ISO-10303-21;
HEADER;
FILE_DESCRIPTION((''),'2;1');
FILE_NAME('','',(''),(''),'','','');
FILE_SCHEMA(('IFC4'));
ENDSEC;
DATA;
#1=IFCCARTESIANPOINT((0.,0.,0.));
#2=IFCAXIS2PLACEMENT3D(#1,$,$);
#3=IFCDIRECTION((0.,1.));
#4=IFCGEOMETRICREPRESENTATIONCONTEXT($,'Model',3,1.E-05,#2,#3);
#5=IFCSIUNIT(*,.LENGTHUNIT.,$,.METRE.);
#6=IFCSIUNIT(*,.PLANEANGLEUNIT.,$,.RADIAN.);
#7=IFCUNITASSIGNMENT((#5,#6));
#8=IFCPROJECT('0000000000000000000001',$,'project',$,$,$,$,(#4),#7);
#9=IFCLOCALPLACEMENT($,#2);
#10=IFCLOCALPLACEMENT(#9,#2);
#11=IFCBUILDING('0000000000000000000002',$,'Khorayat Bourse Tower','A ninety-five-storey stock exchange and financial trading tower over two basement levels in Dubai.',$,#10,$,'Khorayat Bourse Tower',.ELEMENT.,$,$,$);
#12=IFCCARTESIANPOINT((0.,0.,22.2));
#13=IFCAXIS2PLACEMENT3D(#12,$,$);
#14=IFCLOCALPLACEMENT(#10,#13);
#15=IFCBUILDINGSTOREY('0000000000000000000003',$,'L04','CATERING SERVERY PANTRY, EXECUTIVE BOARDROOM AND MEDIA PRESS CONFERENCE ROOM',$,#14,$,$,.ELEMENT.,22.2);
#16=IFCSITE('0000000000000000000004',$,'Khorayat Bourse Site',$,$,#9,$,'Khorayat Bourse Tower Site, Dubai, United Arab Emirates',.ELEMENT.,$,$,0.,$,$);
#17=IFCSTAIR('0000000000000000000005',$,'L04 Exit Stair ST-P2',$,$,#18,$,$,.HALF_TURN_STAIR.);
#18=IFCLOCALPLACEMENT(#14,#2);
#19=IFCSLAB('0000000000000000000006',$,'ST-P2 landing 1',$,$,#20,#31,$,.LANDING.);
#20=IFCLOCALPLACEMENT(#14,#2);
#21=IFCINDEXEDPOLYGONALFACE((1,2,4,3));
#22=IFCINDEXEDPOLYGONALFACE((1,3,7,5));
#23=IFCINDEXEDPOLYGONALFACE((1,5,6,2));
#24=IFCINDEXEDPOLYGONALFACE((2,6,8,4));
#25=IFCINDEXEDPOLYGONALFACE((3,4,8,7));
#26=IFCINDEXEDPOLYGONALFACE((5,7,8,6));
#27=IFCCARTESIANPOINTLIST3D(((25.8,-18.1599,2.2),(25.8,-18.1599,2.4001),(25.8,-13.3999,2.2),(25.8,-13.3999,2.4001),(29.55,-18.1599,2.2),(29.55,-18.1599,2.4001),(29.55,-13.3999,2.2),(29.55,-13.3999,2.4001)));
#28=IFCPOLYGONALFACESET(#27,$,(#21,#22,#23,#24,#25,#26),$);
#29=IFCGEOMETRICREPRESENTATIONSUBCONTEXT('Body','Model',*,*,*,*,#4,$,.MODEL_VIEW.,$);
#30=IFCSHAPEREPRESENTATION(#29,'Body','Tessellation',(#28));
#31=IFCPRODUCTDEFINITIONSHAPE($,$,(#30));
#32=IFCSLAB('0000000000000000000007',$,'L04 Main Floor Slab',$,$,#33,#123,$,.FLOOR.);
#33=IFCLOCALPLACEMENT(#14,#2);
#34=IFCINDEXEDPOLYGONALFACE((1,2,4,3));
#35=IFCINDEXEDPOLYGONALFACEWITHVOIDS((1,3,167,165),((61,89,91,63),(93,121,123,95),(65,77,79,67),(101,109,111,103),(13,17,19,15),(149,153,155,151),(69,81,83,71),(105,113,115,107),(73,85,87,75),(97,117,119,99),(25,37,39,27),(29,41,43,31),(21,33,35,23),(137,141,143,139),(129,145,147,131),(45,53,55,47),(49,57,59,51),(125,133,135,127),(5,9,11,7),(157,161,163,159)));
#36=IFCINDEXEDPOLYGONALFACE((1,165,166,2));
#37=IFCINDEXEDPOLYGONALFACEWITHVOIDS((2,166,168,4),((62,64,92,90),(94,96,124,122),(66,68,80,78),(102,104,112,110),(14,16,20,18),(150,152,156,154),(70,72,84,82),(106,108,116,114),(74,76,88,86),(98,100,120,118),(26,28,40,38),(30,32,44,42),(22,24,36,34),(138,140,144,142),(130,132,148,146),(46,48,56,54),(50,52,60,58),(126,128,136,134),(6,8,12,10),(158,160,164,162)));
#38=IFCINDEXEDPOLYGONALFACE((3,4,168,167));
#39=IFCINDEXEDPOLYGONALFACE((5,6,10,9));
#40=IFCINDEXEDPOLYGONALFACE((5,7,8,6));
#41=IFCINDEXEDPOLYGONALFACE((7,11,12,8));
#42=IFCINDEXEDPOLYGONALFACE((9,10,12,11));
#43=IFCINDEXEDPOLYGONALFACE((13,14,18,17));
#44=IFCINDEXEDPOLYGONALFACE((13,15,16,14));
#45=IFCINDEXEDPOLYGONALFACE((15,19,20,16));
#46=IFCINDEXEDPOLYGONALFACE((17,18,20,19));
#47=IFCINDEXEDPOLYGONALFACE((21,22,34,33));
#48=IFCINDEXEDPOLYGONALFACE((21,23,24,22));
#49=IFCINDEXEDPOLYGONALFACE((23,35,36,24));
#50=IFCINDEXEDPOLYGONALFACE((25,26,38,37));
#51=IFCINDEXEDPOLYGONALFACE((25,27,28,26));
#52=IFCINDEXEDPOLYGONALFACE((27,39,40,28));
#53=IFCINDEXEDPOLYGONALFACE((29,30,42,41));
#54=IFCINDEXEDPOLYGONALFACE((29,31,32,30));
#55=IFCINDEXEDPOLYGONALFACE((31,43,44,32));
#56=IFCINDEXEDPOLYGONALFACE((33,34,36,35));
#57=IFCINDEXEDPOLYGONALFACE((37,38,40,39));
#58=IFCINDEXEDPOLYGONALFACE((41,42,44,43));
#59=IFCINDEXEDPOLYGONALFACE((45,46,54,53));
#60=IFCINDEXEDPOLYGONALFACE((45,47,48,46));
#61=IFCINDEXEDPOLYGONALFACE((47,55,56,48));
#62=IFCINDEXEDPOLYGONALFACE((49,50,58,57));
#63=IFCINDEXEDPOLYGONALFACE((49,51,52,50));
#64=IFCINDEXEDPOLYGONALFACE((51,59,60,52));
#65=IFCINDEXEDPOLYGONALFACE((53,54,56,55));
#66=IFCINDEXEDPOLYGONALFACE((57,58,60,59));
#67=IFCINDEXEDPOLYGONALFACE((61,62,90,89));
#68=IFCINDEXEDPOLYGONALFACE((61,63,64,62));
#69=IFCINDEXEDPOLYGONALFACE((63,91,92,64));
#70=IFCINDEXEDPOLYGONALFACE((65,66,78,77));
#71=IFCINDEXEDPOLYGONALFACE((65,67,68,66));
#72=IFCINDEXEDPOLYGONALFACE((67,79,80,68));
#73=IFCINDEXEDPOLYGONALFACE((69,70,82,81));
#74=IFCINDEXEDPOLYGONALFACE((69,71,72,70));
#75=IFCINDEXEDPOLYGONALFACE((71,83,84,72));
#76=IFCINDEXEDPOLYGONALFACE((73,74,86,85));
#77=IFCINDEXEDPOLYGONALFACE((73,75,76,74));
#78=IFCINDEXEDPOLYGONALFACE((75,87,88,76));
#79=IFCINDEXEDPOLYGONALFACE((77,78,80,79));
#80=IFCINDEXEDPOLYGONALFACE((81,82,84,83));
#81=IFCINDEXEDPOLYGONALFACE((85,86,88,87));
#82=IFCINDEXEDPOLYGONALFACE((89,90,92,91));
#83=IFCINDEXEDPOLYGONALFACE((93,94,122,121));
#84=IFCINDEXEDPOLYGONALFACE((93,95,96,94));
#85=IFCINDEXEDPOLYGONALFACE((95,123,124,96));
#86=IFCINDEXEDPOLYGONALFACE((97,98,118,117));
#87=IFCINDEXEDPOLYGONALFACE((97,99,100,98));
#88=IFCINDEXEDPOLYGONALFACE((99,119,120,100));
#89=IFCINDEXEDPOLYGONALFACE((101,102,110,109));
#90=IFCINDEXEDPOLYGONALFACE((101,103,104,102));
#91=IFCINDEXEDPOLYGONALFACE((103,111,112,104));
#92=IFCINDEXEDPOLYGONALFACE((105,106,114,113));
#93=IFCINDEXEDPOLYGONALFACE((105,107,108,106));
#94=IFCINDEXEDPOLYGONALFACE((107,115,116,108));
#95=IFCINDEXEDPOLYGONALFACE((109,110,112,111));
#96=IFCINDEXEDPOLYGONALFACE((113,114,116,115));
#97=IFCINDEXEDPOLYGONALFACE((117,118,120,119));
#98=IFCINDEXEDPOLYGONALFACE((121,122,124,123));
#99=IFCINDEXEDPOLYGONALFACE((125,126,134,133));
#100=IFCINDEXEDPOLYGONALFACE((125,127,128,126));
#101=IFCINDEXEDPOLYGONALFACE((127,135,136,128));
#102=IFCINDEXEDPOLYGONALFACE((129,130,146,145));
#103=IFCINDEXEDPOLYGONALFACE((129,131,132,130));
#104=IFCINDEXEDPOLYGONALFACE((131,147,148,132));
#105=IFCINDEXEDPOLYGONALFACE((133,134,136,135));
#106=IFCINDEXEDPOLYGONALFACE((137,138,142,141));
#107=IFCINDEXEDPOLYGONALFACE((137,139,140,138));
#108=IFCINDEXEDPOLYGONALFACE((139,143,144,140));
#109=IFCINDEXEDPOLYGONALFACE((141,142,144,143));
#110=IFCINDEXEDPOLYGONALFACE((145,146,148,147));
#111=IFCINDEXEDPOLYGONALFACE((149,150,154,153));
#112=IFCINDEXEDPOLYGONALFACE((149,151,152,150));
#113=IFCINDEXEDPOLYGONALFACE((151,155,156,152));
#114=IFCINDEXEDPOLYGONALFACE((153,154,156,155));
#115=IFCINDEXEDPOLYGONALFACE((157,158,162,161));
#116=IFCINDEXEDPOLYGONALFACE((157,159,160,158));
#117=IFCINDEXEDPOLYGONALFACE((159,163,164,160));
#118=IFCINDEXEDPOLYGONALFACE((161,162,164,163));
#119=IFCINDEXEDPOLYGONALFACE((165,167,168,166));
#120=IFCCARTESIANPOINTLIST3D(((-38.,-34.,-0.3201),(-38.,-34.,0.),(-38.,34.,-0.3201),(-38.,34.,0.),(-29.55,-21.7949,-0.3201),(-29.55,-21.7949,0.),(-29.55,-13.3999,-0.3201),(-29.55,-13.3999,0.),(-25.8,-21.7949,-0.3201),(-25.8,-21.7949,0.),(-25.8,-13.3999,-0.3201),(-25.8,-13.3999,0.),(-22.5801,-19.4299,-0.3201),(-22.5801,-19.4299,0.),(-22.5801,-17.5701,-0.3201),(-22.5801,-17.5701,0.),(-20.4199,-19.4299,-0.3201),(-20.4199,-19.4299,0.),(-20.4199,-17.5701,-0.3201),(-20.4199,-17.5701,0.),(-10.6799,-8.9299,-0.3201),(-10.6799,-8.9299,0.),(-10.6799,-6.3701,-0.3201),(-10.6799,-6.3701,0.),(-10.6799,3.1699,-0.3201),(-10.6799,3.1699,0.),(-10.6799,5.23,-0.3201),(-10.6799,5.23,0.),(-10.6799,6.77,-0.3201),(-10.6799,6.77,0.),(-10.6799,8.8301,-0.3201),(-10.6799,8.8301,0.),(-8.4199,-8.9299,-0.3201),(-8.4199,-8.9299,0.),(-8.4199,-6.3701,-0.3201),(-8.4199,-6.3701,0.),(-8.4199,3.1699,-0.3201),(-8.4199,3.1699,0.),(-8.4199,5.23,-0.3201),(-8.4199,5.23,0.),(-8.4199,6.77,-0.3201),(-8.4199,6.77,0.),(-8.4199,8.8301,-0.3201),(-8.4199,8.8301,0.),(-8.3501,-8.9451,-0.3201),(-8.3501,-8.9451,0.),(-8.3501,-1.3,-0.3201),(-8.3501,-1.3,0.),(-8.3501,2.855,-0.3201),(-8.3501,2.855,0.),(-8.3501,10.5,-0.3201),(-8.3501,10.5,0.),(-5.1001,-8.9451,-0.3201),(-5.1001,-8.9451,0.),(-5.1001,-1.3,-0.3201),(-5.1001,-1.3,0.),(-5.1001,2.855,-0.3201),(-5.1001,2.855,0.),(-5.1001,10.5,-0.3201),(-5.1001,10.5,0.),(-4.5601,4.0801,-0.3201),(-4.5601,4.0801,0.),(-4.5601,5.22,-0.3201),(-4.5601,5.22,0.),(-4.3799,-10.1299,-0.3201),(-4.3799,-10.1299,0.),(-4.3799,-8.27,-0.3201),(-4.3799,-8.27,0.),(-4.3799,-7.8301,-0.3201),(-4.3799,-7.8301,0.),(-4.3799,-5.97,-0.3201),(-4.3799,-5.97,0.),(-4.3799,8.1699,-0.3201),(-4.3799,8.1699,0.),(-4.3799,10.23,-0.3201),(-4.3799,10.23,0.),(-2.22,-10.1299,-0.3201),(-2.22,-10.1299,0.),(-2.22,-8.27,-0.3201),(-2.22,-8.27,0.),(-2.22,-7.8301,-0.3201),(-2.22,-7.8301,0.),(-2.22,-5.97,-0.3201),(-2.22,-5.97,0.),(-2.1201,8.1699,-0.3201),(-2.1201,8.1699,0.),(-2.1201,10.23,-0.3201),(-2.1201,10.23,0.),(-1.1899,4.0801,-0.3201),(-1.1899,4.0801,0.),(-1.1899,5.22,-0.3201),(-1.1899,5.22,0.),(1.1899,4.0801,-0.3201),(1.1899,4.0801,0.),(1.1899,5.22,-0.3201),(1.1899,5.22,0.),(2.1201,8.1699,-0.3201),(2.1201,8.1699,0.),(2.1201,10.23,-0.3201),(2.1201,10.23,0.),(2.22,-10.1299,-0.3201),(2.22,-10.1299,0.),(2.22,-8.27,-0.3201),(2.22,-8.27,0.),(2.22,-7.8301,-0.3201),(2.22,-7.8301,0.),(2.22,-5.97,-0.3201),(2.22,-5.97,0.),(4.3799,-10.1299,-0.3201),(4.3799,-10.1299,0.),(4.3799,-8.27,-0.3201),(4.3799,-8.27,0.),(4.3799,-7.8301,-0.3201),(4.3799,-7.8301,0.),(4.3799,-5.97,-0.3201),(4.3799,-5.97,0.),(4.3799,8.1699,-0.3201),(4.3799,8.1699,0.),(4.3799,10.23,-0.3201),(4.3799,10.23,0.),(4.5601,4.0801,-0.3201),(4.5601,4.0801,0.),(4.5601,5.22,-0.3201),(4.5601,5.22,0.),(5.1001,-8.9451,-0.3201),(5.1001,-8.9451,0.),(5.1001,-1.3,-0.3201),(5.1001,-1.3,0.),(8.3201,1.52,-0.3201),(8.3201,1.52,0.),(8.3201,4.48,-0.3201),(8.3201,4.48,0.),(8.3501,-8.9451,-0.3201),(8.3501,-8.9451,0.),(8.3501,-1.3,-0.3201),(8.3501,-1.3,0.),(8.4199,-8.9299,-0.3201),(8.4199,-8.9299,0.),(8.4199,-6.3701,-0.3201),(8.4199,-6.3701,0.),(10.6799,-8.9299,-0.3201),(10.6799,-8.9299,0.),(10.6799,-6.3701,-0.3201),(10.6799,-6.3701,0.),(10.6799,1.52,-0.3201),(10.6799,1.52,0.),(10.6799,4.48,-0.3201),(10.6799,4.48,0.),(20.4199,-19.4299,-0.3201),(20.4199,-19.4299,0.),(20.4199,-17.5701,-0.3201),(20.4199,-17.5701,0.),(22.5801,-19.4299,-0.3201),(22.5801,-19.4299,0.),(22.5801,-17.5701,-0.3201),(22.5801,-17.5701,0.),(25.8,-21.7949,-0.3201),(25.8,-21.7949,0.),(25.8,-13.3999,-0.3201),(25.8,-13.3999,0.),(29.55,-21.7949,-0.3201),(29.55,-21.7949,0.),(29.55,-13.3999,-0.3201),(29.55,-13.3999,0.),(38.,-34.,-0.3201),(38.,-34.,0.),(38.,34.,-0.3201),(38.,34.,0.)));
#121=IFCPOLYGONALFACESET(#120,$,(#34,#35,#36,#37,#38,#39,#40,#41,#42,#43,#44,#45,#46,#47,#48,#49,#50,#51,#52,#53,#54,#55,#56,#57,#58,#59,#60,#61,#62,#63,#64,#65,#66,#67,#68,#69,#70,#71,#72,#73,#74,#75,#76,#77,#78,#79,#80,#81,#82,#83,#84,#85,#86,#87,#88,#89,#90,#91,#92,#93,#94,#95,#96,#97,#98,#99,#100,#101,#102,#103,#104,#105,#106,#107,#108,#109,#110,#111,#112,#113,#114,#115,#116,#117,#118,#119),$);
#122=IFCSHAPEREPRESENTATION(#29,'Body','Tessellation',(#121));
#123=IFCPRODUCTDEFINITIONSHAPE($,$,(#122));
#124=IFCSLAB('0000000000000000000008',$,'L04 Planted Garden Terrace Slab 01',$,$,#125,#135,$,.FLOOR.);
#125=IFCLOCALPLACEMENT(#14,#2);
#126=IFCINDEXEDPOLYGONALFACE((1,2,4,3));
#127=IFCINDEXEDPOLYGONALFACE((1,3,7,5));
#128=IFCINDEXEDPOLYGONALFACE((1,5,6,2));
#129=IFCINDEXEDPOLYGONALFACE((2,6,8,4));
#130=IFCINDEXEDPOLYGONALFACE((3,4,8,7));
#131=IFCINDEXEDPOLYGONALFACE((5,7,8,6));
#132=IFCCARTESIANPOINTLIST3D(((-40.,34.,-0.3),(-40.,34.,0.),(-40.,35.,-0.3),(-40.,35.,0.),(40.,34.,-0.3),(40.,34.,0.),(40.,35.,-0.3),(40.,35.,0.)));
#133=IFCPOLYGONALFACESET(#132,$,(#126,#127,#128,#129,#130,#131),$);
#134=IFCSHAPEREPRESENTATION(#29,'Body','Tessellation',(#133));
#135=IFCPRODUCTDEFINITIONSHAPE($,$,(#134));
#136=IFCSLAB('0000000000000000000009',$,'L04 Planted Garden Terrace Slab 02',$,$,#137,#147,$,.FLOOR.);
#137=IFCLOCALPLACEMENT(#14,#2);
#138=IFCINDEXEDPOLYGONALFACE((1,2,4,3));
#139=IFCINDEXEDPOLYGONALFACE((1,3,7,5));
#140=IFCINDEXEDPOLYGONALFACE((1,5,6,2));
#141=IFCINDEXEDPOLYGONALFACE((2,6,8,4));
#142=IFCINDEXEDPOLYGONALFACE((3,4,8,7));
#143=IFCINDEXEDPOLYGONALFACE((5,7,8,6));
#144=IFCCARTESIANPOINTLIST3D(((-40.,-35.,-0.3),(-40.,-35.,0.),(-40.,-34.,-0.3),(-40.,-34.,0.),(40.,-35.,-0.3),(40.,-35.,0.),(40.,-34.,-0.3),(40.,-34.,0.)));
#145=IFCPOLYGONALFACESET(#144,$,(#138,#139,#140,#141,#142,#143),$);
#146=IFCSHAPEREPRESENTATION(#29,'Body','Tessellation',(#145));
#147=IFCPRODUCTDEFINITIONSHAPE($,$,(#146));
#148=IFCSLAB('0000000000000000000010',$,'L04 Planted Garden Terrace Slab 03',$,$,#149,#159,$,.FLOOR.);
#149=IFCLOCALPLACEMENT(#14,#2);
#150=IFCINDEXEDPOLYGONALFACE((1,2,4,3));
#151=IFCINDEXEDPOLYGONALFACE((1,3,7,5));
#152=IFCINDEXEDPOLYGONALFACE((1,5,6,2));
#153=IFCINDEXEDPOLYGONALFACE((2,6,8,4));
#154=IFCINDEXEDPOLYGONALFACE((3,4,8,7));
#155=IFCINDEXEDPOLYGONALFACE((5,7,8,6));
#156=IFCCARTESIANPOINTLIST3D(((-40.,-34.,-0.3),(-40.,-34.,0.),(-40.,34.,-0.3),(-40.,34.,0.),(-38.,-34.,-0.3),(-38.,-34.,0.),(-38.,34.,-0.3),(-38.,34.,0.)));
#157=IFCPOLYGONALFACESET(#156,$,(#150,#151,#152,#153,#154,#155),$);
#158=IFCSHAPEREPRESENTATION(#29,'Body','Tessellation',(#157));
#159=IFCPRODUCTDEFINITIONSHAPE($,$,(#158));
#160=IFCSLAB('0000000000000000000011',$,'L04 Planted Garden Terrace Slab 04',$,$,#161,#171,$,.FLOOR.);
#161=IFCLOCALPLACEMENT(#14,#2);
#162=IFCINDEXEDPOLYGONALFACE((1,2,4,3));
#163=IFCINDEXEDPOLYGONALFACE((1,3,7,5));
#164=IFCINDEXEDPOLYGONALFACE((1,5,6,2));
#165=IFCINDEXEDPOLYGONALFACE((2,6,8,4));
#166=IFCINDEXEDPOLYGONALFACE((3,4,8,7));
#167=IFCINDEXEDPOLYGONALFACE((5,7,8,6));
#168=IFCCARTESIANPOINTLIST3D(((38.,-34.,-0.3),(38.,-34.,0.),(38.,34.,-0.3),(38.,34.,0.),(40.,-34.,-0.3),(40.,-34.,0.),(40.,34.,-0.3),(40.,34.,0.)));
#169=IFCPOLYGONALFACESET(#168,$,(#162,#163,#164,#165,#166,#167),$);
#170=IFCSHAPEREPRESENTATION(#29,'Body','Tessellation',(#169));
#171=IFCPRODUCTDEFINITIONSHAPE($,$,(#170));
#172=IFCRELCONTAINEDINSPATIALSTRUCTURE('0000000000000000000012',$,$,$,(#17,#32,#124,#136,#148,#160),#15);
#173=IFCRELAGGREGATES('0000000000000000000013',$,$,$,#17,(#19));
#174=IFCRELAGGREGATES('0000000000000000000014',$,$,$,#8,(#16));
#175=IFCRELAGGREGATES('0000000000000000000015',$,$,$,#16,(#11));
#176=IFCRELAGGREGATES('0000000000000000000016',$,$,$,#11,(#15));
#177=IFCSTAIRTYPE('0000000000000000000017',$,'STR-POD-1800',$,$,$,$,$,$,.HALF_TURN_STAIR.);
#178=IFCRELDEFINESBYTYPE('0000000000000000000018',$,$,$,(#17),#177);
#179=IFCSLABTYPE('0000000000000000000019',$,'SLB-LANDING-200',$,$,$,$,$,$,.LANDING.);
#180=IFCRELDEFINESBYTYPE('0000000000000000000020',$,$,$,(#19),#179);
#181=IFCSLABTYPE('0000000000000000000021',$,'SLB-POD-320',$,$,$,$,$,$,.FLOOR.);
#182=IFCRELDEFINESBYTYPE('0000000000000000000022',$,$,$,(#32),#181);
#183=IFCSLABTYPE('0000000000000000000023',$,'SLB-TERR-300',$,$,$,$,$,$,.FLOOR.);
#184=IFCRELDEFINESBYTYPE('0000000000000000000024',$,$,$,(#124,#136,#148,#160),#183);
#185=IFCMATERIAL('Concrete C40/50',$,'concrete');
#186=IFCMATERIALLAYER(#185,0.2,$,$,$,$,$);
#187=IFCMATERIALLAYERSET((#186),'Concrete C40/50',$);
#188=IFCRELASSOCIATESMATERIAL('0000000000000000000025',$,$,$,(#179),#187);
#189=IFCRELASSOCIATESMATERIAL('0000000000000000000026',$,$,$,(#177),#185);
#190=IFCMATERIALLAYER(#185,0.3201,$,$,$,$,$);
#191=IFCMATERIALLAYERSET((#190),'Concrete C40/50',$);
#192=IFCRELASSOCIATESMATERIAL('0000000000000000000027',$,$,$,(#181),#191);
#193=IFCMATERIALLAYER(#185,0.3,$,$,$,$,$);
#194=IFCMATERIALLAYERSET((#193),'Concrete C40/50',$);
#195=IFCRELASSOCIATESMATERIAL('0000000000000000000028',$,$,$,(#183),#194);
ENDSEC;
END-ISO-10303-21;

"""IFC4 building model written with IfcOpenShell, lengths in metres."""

from ifc_helpers import new_model, si_unit, direction, frame, origin, place, context, subcontext, project, spatial, polyline, outline, extrude, material, layer, layer_set, type_object, element, aggregate, save


model = new_model("IFC4")

# Units and contexts
model_context = context("Model", 3, precision=1e-05, world=origin(), true_north=direction((0.0, 1.0)))
body_context = subcontext(model_context, "Body", "Model", "MODEL_VIEW")
ifc_project = project(units=[si_unit("LENGTHUNIT", "METRE"), si_unit("PLANEANGLEUNIT", "RADIAN")], contexts=[model_context])

# Site, building, storey
site_placement = place(None, origin())
site = spatial("IfcSite", under=ifc_project, at=site_placement, Name="Khorayat Bourse Site", LongName="Khorayat Bourse Tower Site, Dubai, United Arab Emirates", CompositionType="ELEMENT", RefElevation=0.0)
building_placement = place(site_placement, origin())
building = spatial("IfcBuilding", under=site, at=building_placement, Name="Khorayat Bourse Tower", Description="A ninety-five-storey stock exchange and financial trading tower over two basement levels in Dubai.", LongName="Khorayat Bourse Tower", CompositionType="ELEMENT")
storey_placement = place(building_placement, frame((0.0, 0.0, 22.2)))
storey = spatial("IfcBuildingStorey", under=building, at=storey_placement, Name="L04", Description="CATERING SERVERY PANTRY, EXECUTIVE BOARDROOM AND MEDIA PRESS CONFERENCE ROOM", CompositionType="ELEMENT", Elevation=22.2)

# Stair, slab
ifc_material_1 = material(Name="Concrete C40/50", Category="concrete")
ifc_layer_1 = layer(ifc_material_1, 0.2)
ifc_layer_set_1 = layer_set([ifc_layer_1], Name="Concrete C40/50")
slab_type_1 = type_object("IfcSlabType", Name="SLB-LANDING-200", PredefinedType="LANDING", material=ifc_layer_set_1)
stair_type_1 = type_object("IfcStairType", Name="STR-POD-1800", PredefinedType="HALF_TURN_STAIR", material=ifc_material_1)
stair_1_placement = place(storey_placement, origin())
stair_1 = element("IfcStair", 1, at=stair_1_placement, inside=storey, type_object=stair_type_1, Name="L04 Exit Stair ST-P2", PredefinedType="HALF_TURN_STAIR")
slab_1_placement = place(storey_placement, frame((0.0, 0.0, 2.2)))
slab_1 = element("IfcSlab", 2, at=slab_1_placement, type_object=slab_type_1, Name="ST-P2 landing 1", PredefinedType="LANDING", context=body_context, shape_type="SweptSolid", body=[
    extrude(outline(polyline([(29.55, -18.1599), (29.55, -13.3999), (25.8, -13.3999), (25.8, -18.1599), (29.55, -18.1599)])), origin(), (0.0, 0.0, 1.0), 0.2002),
])
aggregate(stair_1, [slab_1])

# Slabs
ifc_layer_2 = layer(ifc_material_1, 0.3201)
ifc_layer_set_2 = layer_set([ifc_layer_2], Name="Concrete C40/50")
slab_type_2 = type_object("IfcSlabType", Name="SLB-POD-320", PredefinedType="FLOOR", material=ifc_layer_set_2)
slab_2_placement = place(storey_placement, frame((0.0, 0.0, -0.3201)))
element("IfcSlab", 3, at=slab_2_placement, inside=storey, type_object=slab_type_2, Name="L04 Main Floor Slab", PredefinedType="FLOOR", context=body_context, shape_type="SweptSolid", body=[
    extrude(outline(polyline([(-38.0, -34.0), (38.0, -34.0), (38.0, 34.0), (-38.0, 34.0), (-38.0, -34.0)]), holes=[polyline([(-8.3501, -8.9451), (-5.1001, -8.9451), (-5.1001, -1.3), (-8.3501, -1.3), (-8.3501, -8.9451)]), polyline([(-8.3501, 2.855), (-5.1001, 2.855), (-5.1001, 10.5), (-8.3501, 10.5), (-8.3501, 2.855)]), polyline([(5.1001, -8.9451), (8.3501, -8.9451), (8.3501, -1.3), (5.1001, -1.3), (5.1001, -8.9451)]), polyline([(-29.55, -21.7949), (-25.8, -21.7949), (-25.8, -13.3999), (-29.55, -13.3999), (-29.55, -21.7949)]), polyline([(25.8, -21.7949), (29.55, -21.7949), (29.55, -13.3999), (25.8, -13.3999), (25.8, -21.7949)]), polyline([(-4.3799, -10.1299), (-2.22, -10.1299), (-2.22, -8.27), (-4.3799, -8.27), (-4.3799, -10.1299)]), polyline([(2.22, -10.1299), (4.3799, -10.1299), (4.3799, -8.27), (2.22, -8.27), (2.22, -10.1299)]), polyline([(-4.3799, -7.8301), (-2.22, -7.8301), (-2.22, -5.97), (-4.3799, -5.97), (-4.3799, -7.8301)]), polyline([(2.22, -7.8301), (4.3799, -7.8301), (4.3799, -5.97), (2.22, -5.97), (2.22, -7.8301)]), polyline([(-4.3799, 8.1699), (-2.1201, 8.1699), (-2.1201, 10.23), (-4.3799, 10.23), (-4.3799, 8.1699)]), polyline([(2.1201, 8.1699), (4.3799, 8.1699), (4.3799, 10.23), (2.1201, 10.23), (2.1201, 8.1699)]), polyline([(-10.6799, 3.1699), (-8.4199, 3.1699), (-8.4199, 5.23), (-10.6799, 5.23), (-10.6799, 3.1699)]), polyline([(-10.6799, 6.77), (-8.4199, 6.77), (-8.4199, 8.8301), (-10.6799, 8.8301), (-10.6799, 6.77)]), polyline([(-22.5801, -19.4299), (-20.4199, -19.4299), (-20.4199, -17.5701), (-22.5801, -17.5701), (-22.5801, -19.4299)]), polyline([(20.4199, -19.4299), (22.5801, -19.4299), (22.5801, -17.5701), (20.4199, -17.5701), (20.4199, -19.4299)]), polyline([(-10.6799, -8.9299), (-8.4199, -8.9299), (-8.4199, -6.3701), (-10.6799, -6.3701), (-10.6799, -8.9299)]), polyline([(8.4199, -8.9299), (10.6799, -8.9299), (10.6799, -6.3701), (8.4199, -6.3701), (8.4199, -8.9299)]), polyline([(8.3201, 1.52), (10.6799, 1.52), (10.6799, 4.48), (8.3201, 4.48), (8.3201, 1.52)]), polyline([(-4.5601, 4.0801), (-1.1899, 4.0801), (-1.1899, 5.22), (-4.5601, 5.22), (-4.5601, 4.0801)]), polyline([(1.1899, 4.0801), (4.5601, 4.0801), (4.5601, 5.22), (1.1899, 5.22), (1.1899, 4.0801)])]), origin(), (0.0, 0.0, 1.0), 0.3201),
])
ifc_layer_3 = layer(ifc_material_1, 0.3)
ifc_layer_set_3 = layer_set([ifc_layer_3], Name="Concrete C40/50")
slab_type_3 = type_object("IfcSlabType", Name="SLB-TERR-300", PredefinedType="FLOOR", material=ifc_layer_set_3)
slab_3_placement = place(storey_placement, frame((0.0, 0.0, -0.3)))
element("IfcSlab", 4, at=slab_3_placement, inside=storey, type_object=slab_type_3, Name="L04 Planted Garden Terrace Slab 01", PredefinedType="FLOOR", context=body_context, shape_type="SweptSolid", body=[
    extrude(outline(polyline([(-40.0, 34.0), (40.0, 34.0), (40.0, 35.0), (-40.0, 35.0), (-40.0, 34.0)])), origin(), (0.0, 0.0, 1.0), 0.3),
])
slab_4_placement = place(storey_placement, frame((0.0, 0.0, -0.3)))
element("IfcSlab", 5, at=slab_4_placement, inside=storey, type_object=slab_type_3, Name="L04 Planted Garden Terrace Slab 02", PredefinedType="FLOOR", context=body_context, shape_type="SweptSolid", body=[
    extrude(outline(polyline([(-40.0, -35.0), (40.0, -35.0), (40.0, -34.0), (-40.0, -34.0), (-40.0, -35.0)])), origin(), (0.0, 0.0, 1.0), 0.3),
])
slab_5_placement = place(storey_placement, frame((0.0, 0.0, -0.3)))
element("IfcSlab", 6, at=slab_5_placement, inside=storey, type_object=slab_type_3, Name="L04 Planted Garden Terrace Slab 03", PredefinedType="FLOOR", context=body_context, shape_type="SweptSolid", body=[
    extrude(outline(polyline([(-40.0, -34.0), (-38.0, -34.0), (-38.0, 34.0), (-40.0, 34.0), (-40.0, -34.0)])), origin(), (0.0, 0.0, 1.0), 0.3),
])
slab_6_placement = place(storey_placement, frame((0.0, 0.0, -0.3)))
element("IfcSlab", 7, at=slab_6_placement, inside=storey, type_object=slab_type_3, Name="L04 Planted Garden Terrace Slab 04", PredefinedType="FLOOR", context=body_context, shape_type="SweptSolid", body=[
    extrude(outline(polyline([(38.0, -34.0), (40.0, -34.0), (40.0, 34.0), (38.0, 34.0), (38.0, -34.0)])), origin(), (0.0, 0.0, 1.0), 0.3),
])

save(model, "model.ifc")
